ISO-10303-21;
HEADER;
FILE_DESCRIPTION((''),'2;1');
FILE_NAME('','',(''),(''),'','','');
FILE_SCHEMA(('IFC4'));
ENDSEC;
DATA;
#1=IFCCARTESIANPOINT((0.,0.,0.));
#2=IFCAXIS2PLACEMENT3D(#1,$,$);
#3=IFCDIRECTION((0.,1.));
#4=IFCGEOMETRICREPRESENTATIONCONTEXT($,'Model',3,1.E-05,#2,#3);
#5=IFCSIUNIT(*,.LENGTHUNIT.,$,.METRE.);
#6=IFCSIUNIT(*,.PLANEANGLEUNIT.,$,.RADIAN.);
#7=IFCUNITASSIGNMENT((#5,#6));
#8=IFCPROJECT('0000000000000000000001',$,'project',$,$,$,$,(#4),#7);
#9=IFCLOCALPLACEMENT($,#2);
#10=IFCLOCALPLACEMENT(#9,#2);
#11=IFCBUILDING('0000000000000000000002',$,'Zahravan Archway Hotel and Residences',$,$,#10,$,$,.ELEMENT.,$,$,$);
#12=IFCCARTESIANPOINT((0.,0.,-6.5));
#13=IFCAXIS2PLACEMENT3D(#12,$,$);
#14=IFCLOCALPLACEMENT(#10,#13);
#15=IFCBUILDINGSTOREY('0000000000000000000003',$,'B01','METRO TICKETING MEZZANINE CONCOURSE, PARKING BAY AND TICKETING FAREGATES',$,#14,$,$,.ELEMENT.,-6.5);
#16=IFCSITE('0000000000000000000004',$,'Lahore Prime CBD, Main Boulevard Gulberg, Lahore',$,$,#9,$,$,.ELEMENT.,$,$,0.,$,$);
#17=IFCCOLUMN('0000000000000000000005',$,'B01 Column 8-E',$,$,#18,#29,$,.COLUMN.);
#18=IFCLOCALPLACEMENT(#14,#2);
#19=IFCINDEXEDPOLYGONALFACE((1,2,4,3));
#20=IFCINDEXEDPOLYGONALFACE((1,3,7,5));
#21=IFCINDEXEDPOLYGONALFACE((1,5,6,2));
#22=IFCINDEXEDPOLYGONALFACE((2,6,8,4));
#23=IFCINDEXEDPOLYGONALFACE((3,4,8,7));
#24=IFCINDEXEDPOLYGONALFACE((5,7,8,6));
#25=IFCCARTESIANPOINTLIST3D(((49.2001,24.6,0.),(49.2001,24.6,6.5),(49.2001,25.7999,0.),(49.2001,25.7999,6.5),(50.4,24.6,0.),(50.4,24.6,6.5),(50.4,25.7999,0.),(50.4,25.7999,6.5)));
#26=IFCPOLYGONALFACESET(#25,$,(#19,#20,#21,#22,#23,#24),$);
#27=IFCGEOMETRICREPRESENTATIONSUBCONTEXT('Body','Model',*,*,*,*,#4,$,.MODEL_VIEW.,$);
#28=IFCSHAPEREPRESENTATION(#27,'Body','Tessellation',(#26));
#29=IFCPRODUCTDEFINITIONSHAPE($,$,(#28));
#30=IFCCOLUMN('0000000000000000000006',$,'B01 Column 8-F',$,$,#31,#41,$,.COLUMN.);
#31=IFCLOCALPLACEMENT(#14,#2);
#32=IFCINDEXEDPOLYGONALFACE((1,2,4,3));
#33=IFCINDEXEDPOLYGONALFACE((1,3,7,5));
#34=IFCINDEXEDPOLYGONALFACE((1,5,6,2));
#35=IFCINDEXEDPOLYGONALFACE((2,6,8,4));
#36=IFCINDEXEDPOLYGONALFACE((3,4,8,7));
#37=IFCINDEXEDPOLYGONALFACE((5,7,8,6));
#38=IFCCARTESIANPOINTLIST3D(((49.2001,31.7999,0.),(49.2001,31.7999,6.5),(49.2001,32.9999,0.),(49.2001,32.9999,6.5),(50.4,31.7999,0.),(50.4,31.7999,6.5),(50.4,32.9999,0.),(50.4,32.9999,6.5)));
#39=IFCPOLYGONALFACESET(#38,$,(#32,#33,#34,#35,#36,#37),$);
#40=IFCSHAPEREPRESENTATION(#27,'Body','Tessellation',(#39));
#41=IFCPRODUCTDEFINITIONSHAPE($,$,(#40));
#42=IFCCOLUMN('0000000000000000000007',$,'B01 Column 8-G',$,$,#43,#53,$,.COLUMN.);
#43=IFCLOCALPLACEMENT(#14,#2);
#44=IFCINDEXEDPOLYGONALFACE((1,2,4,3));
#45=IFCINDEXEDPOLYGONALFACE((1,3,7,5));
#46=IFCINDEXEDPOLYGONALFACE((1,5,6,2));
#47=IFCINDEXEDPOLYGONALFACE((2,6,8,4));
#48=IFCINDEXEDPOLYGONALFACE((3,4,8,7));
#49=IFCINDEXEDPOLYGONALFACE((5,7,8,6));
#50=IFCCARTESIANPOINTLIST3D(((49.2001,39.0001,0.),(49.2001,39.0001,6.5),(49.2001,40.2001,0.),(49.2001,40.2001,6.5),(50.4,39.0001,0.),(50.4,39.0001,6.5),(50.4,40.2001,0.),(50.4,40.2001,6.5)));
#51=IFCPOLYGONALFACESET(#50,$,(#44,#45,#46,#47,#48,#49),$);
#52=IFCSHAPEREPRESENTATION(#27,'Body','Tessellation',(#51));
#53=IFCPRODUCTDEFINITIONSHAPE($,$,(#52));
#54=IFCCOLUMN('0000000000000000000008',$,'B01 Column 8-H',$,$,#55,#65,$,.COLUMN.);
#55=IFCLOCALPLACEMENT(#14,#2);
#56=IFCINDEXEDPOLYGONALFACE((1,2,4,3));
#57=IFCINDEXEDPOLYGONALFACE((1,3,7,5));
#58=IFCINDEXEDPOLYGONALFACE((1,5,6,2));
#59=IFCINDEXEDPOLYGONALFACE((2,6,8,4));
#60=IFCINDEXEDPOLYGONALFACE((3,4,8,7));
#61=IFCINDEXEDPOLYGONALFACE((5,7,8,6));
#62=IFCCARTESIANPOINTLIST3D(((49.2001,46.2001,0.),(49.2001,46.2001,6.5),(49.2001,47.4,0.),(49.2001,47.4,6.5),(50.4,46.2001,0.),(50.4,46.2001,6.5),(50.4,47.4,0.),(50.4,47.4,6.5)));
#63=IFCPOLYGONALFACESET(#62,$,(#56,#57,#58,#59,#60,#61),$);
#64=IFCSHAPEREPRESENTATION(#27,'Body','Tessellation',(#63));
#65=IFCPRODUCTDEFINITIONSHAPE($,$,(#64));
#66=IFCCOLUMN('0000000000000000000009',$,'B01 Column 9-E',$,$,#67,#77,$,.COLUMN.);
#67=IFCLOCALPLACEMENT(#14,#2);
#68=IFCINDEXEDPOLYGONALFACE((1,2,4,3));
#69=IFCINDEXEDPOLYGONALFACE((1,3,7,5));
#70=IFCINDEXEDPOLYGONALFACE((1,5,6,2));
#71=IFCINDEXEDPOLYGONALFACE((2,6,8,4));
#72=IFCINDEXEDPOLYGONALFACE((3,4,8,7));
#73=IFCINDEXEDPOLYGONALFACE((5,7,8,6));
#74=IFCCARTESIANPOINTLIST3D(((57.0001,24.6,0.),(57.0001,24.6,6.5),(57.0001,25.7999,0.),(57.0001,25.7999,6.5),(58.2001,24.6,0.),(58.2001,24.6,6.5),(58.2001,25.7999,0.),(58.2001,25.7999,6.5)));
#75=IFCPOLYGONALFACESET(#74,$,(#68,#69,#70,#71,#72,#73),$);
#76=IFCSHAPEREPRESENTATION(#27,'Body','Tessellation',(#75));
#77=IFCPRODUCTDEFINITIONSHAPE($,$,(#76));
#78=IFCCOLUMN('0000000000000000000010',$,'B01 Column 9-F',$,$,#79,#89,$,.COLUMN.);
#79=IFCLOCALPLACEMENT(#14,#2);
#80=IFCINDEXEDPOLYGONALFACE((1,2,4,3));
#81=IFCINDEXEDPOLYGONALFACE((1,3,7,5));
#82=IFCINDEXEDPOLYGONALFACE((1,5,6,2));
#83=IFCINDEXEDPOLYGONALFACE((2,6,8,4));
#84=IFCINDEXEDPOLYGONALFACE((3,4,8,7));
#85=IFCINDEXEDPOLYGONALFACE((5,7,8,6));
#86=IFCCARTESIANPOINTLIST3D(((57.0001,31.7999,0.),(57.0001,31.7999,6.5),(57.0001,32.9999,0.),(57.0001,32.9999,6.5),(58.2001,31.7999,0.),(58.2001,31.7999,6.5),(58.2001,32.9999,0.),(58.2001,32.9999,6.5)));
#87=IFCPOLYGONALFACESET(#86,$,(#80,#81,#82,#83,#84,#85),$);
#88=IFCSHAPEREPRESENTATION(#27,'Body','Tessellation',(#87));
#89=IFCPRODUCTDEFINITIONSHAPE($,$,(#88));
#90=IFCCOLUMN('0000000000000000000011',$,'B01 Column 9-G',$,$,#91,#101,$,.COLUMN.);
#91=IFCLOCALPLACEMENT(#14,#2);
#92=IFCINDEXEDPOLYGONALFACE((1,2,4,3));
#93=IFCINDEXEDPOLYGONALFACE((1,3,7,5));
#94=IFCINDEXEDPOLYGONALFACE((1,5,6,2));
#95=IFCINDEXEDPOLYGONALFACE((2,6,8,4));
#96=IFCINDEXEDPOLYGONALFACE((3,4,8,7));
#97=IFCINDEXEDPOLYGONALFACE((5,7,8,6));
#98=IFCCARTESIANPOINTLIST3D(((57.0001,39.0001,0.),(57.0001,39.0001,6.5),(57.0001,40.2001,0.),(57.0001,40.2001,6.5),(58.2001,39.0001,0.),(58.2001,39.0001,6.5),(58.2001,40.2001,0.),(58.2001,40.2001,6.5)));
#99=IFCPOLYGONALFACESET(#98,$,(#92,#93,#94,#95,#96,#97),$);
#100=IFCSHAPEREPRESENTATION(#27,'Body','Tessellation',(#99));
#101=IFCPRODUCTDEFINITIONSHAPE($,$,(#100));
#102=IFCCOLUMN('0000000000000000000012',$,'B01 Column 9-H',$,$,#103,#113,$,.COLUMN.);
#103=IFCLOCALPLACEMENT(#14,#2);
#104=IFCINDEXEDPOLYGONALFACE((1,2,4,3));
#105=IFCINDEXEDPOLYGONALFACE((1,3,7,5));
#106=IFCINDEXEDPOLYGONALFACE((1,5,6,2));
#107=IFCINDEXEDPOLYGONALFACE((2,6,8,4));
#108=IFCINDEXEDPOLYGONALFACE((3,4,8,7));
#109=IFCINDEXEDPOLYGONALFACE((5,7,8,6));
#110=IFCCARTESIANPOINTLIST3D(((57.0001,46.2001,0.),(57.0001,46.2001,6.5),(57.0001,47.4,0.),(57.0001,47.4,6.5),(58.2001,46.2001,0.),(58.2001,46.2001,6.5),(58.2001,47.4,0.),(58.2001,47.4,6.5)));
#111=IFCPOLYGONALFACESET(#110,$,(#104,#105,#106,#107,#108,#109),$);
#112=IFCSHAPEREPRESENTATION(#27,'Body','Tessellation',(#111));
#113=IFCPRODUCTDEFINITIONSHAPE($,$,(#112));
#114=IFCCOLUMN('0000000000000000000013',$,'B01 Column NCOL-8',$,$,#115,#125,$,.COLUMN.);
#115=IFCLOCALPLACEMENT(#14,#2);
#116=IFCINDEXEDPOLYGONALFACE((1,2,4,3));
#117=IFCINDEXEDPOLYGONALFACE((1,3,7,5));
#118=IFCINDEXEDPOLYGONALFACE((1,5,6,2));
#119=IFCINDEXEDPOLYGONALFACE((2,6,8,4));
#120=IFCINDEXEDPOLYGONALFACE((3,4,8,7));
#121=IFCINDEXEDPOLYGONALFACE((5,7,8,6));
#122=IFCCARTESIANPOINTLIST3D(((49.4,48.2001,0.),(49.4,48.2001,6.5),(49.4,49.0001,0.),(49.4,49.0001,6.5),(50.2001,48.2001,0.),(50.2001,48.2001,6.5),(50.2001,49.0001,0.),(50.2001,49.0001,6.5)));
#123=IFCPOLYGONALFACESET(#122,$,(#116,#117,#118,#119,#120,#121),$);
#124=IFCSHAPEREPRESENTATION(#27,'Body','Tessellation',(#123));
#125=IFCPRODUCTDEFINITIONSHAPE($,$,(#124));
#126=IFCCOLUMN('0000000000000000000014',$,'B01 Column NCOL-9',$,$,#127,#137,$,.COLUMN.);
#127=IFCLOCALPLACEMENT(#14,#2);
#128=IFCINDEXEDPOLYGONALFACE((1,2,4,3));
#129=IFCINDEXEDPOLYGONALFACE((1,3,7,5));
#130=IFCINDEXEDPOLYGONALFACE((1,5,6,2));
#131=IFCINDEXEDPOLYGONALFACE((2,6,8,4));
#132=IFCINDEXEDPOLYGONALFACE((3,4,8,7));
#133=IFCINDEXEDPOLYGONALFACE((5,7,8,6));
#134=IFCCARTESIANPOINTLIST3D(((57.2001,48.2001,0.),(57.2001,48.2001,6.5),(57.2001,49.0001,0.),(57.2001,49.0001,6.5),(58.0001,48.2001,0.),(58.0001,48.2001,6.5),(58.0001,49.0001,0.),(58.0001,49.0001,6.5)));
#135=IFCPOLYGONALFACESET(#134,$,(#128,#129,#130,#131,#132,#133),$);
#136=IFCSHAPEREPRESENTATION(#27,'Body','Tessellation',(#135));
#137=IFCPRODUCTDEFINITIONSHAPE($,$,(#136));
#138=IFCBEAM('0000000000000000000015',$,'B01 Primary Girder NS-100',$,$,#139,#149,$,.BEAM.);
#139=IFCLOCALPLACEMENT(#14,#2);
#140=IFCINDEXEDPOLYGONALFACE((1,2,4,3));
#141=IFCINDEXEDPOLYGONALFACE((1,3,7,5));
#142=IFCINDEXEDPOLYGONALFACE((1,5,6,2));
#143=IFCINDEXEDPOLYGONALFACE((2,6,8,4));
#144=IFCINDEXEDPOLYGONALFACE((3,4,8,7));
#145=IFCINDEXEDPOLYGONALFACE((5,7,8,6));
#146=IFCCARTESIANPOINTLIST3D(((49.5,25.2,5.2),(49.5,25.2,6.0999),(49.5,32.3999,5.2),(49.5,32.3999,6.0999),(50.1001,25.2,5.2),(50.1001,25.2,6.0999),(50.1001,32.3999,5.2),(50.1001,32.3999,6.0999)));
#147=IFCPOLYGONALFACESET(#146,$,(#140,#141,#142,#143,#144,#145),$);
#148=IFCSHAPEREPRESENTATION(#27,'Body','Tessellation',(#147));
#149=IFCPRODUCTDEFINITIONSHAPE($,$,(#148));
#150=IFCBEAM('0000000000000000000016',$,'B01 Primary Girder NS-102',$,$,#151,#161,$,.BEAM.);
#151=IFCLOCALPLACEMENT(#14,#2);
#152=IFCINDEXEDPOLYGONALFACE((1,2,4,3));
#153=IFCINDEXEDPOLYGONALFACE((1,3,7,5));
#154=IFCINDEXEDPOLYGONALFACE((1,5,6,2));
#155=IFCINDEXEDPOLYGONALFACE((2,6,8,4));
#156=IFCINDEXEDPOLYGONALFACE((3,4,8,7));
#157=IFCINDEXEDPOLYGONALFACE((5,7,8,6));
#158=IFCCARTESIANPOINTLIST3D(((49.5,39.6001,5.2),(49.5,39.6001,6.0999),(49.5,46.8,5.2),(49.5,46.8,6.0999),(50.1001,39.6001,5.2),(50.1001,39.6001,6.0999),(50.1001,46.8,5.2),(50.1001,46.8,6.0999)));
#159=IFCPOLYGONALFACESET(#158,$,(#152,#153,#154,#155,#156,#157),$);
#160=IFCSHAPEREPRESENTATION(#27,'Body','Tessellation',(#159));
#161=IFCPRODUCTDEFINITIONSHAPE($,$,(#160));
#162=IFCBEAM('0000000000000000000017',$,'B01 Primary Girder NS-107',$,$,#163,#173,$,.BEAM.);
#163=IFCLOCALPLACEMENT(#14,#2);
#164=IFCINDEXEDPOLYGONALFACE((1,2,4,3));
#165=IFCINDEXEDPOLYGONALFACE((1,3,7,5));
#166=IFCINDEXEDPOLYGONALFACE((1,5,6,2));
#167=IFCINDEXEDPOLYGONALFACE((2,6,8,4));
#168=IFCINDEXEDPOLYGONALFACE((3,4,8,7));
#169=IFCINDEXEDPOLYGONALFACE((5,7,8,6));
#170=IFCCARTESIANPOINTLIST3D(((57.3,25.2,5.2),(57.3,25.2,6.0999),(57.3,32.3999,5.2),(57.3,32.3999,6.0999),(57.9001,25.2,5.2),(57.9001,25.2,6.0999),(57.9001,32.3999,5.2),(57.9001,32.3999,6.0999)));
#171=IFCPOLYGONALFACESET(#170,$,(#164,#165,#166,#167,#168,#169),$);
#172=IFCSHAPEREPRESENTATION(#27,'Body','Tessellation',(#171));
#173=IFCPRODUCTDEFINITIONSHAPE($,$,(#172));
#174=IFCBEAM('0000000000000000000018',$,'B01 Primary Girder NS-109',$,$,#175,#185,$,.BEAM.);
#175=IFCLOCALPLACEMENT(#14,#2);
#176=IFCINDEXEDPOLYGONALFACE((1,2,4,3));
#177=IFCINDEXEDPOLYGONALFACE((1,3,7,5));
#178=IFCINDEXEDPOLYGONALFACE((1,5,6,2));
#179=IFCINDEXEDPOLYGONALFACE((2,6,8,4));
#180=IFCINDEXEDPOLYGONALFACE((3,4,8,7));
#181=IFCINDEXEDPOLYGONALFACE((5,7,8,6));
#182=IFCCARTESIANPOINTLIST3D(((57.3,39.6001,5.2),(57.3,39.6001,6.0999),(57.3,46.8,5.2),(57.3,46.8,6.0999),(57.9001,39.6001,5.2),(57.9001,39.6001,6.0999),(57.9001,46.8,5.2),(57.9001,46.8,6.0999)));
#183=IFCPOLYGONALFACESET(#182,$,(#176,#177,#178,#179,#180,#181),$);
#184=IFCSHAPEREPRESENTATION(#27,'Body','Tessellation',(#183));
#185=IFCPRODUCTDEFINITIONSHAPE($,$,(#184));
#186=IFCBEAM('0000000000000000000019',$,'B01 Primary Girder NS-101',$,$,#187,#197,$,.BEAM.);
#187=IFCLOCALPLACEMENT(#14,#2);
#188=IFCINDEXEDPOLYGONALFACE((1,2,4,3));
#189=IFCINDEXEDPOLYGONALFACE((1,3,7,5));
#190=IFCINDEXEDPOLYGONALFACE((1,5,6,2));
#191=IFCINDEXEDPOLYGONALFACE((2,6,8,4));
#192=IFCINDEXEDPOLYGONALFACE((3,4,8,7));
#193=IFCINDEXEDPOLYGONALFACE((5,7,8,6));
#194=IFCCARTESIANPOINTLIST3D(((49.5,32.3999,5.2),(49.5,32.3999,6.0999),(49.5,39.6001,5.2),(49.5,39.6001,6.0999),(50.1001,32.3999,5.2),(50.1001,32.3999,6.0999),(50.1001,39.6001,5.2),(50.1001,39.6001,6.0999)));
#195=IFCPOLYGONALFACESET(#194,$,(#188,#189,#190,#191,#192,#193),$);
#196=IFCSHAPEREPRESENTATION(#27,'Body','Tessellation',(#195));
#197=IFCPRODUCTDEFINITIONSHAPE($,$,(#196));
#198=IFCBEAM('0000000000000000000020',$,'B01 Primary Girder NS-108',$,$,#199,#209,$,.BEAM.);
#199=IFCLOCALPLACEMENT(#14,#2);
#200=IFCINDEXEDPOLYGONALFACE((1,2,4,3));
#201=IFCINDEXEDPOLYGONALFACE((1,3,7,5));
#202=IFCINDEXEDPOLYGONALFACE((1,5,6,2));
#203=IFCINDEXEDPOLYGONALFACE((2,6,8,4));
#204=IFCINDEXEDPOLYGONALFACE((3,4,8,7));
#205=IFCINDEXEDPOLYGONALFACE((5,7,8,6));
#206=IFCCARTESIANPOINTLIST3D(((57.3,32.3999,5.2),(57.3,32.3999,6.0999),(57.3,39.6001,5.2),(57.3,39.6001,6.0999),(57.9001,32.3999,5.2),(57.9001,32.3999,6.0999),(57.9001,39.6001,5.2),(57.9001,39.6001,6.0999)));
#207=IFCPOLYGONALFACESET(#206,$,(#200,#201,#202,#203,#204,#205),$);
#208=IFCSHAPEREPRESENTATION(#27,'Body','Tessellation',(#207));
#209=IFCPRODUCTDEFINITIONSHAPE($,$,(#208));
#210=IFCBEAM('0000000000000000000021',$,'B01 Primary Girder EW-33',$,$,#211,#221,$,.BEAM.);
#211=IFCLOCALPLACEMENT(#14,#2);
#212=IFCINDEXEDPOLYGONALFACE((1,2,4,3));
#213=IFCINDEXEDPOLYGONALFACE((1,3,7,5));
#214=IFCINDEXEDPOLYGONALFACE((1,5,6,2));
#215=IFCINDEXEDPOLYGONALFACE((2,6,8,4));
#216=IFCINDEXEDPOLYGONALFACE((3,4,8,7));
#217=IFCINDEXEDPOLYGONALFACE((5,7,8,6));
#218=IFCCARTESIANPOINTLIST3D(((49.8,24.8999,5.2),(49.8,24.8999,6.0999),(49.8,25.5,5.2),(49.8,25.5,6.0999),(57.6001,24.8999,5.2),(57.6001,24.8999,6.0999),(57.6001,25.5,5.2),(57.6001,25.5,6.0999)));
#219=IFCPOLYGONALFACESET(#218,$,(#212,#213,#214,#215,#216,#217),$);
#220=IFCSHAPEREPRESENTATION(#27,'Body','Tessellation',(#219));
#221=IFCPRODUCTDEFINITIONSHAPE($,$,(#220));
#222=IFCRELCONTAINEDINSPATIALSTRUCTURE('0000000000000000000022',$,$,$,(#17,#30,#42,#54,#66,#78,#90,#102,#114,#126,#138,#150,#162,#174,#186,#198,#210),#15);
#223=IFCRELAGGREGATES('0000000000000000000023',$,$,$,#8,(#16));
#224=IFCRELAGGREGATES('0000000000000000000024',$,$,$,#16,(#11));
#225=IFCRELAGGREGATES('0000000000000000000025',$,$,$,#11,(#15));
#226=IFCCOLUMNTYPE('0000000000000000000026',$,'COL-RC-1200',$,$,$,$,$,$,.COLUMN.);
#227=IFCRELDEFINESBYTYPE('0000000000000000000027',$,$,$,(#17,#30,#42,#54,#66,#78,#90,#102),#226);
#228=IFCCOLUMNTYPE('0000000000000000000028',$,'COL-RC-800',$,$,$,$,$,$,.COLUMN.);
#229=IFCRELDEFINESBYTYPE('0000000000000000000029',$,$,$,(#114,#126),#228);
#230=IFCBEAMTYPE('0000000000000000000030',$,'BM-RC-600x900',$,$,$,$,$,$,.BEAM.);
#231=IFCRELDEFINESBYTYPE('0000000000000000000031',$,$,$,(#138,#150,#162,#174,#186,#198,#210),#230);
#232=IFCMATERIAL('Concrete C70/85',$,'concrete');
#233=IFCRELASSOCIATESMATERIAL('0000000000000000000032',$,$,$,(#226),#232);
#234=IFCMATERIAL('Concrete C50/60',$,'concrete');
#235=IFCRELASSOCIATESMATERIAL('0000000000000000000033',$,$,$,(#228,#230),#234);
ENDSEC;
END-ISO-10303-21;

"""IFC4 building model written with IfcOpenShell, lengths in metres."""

from ifc_helpers import new_model, si_unit, direction, frame, origin, origin_2d, place, context, subcontext, project, spatial, rectangle, extrude, source, transform, mapped, material, material_profile, profile_set, type_object, element, save


model = new_model("IFC4")

# Units and contexts
model_context = context("Model", 3, precision=1e-05, world=origin(), true_north=direction((0.0, 1.0)))
body_context = subcontext(model_context, "Body", "Model", "MODEL_VIEW")
ifc_project = project(units=[si_unit("LENGTHUNIT", "METRE"), si_unit("PLANEANGLEUNIT", "RADIAN")], contexts=[model_context])

# Site, building, storey
site_placement = place(None, origin())
site = spatial("IfcSite", under=ifc_project, at=site_placement, Name="Lahore Prime CBD, Main Boulevard Gulberg, Lahore", CompositionType="ELEMENT", RefElevation=0.0)
building_placement = place(site_placement, origin())
building = spatial("IfcBuilding", under=site, at=building_placement, Name="Zahravan Archway Hotel and Residences", CompositionType="ELEMENT")
storey_placement = place(building_placement, frame((0.0, 0.0, -6.5)))
storey = spatial("IfcBuildingStorey", under=building, at=storey_placement, Name="B01", Description="METRO TICKETING MEZZANINE CONCOURSE, PARKING BAY AND TICKETING FAREGATES", CompositionType="ELEMENT", Elevation=-6.5)

# Columns
ifc_material_1 = material(Name="Concrete C70/85", Category="concrete")
ifc_material_profile_1 = material_profile(ifc_material_1, rectangle(XDim=1.2, YDim=1.2, at=origin_2d()), Name="RC-COL-1200x1200", Category="concrete")
ifc_profile_set_1 = profile_set([ifc_material_profile_1], Name="Concrete C70/85")
column_type_1 = type_object("IfcColumnType", Name="COL-RC-1200", PredefinedType="COLUMN", material=ifc_profile_set_1)
shared_shape_1 = source(origin(), body_context, "Body", "SweptSolid", [
    extrude(rectangle(XDim=1.2, YDim=1.2, at=origin_2d()), origin(), (0.0, 0.0, 1.0), 6.5),
])
for number, where, z_axis, x_axis, name in (
    (1, (49.8, 25.2, 0.0), (0.0, 0.0, 1.0), (1.0, 0.0, 0.0), "B01 Column 8-E"),
    (2, (49.8, 32.3999, 0.0), (0.0, 0.0, 1.0), (1.0, 0.0, 0.0), "B01 Column 8-F"),
    (3, (49.8, 39.6001, 0.0), (0.0, 0.0, 1.0), (1.0, 0.0, 0.0), "B01 Column 8-G"),
    (4, (49.8, 46.8, 0.0), (0.0, 0.0, 1.0), (1.0, 0.0, 0.0), "B01 Column 8-H"),
    (5, (57.6001, 25.2, 0.0), (0.0, 0.0, 1.0), (1.0, 0.0, 0.0), "B01 Column 9-E"),
    (6, (57.6001, 32.3999, 0.0), (0.0, 0.0, 1.0), (1.0, 0.0, 0.0), "B01 Column 9-F"),
    (7, (57.6001, 39.6001, 0.0), (0.0, 0.0, 1.0), (1.0, 0.0, 0.0), "B01 Column 9-G"),
    (8, (57.6001, 46.8, 0.0), (0.0, 0.0, 1.0), (1.0, 0.0, 0.0), "B01 Column 9-H"),
):
    element("IfcColumn", number, at=place(storey_placement, frame(where, z_axis=z_axis, x_axis=x_axis)), inside=storey, type_object=column_type_1, Name=name, PredefinedType="COLUMN", context=body_context, shape_type="MappedRepresentation", body=[
        mapped(shared_shape_1, transform((0.0, 0.0, 0.0), scale=1.0)),
    ])
ifc_material_2 = material(Name="Concrete C50/60", Category="concrete")
ifc_material_profile_2 = material_profile(ifc_material_2, rectangle(XDim=0.8, YDim=0.8, at=origin_2d()), Name="RC-COL-800x800", Category="concrete")
ifc_profile_set_2 = profile_set([ifc_material_profile_2], Name="Concrete C50/60")
column_type_2 = type_object("IfcColumnType", Name="COL-RC-800", PredefinedType="COLUMN", material=ifc_profile_set_2)
shared_shape_2 = source(origin(), body_context, "Body", "SweptSolid", [
    extrude(rectangle(XDim=0.8, YDim=0.8, at=origin_2d()), origin(), (0.0, 0.0, 1.0), 6.5),
])
for number, where, z_axis, x_axis, name in (
    (9, (49.8, 48.6001, 0.0), (0.0, 0.0, 1.0), (1.0, 0.0, 0.0), "B01 Column NCOL-8"),
    (10, (57.6001, 48.6001, 0.0), (0.0, 0.0, 1.0), (1.0, 0.0, 0.0), "B01 Column NCOL-9"),
):
    element("IfcColumn", number, at=place(storey_placement, frame(where, z_axis=z_axis, x_axis=x_axis)), inside=storey, type_object=column_type_2, Name=name, PredefinedType="COLUMN", context=body_context, shape_type="MappedRepresentation", body=[
        mapped(shared_shape_2, transform((0.0, 0.0, 0.0), scale=1.0)),
    ])

# Beams
ifc_material_profile_3 = material_profile(ifc_material_2, rectangle(XDim=0.6001, YDim=0.8999, at=origin_2d()), Name="RC-BM-600x900", Category="concrete")
ifc_profile_set_3 = profile_set([ifc_material_profile_3], Name="Concrete C50/60")
beam_type_1 = type_object("IfcBeamType", Name="BM-RC-600x900", PredefinedType="BEAM", material=ifc_profile_set_3)
shared_shape_3 = source(origin(), body_context, "Body", "SweptSolid", [
    extrude(rectangle(XDim=0.6001, YDim=0.8999, at=origin_2d()), origin(), (0.0, 0.0, 1.0), 7.2),
])
for number, where, z_axis, x_axis, name in (
    (11, (49.8, 25.2, 5.6499), (0.0, 1.0, 0.0), (-1.0, 0.0, 0.0), "B01 Primary Girder NS-100"),
    (12, (49.8, 39.6001, 5.6499), (0.0, 1.0, 0.0), (-1.0, 0.0, 0.0), "B01 Primary Girder NS-102"),
    (13, (57.6001, 25.2, 5.6499), (0.0, 1.0, 0.0), (-1.0, 0.0, 0.0), "B01 Primary Girder NS-107"),
    (14, (57.6001, 39.6001, 5.6499), (0.0, 1.0, 0.0), (-1.0, 0.0, 0.0), "B01 Primary Girder NS-109"),
):
    element("IfcBeam", number, at=place(storey_placement, frame(where, z_axis=z_axis, x_axis=x_axis)), inside=storey, type_object=beam_type_1, Name=name, PredefinedType="BEAM", context=body_context, shape_type="MappedRepresentation", body=[
        mapped(shared_shape_3, transform((0.0, 0.0, 0.0), scale=1.0)),
    ])
shared_shape_4 = source(origin(), body_context, "Body", "SweptSolid", [
    extrude(rectangle(XDim=0.6001, YDim=0.8999, at=origin_2d()), origin(), (0.0, 0.0, 1.0), 7.2002),
])
for number, where, z_axis, x_axis, name in (
    (15, (49.8, 32.3999, 5.6499), (0.0, 1.0, 0.0), (-1.0, 0.0, 0.0), "B01 Primary Girder NS-101"),
    (16, (57.6001, 32.3999, 5.6499), (0.0, 1.0, 0.0), (-1.0, 0.0, 0.0), "B01 Primary Girder NS-108"),
):
    element("IfcBeam", number, at=place(storey_placement, frame(where, z_axis=z_axis, x_axis=x_axis)), inside=storey, type_object=beam_type_1, Name=name, PredefinedType="BEAM", context=body_context, shape_type="MappedRepresentation", body=[
        mapped(shared_shape_4, transform((0.0, 0.0, 0.0), scale=1.0)),
    ])
shared_shape_5 = source(origin(), body_context, "Body", "SweptSolid", [
    extrude(rectangle(XDim=0.6001, YDim=0.8999, at=origin_2d()), origin(), (0.0, 0.0, 1.0), 7.8),
])
for number, where, z_axis, x_axis, name in (
    (17, (49.8, 25.2, 5.6499), (1.0, 0.0, 0.0), (0.0, 1.0, 0.0), "B01 Primary Girder EW-33"),
):
    element("IfcBeam", number, at=place(storey_placement, frame(where, z_axis=z_axis, x_axis=x_axis)), inside=storey, type_object=beam_type_1, Name=name, PredefinedType="BEAM", context=body_context, shape_type="MappedRepresentation", body=[
        mapped(shared_shape_5, transform((0.0, 0.0, 0.0), scale=1.0)),
    ])

save(model, "model.ifc")
